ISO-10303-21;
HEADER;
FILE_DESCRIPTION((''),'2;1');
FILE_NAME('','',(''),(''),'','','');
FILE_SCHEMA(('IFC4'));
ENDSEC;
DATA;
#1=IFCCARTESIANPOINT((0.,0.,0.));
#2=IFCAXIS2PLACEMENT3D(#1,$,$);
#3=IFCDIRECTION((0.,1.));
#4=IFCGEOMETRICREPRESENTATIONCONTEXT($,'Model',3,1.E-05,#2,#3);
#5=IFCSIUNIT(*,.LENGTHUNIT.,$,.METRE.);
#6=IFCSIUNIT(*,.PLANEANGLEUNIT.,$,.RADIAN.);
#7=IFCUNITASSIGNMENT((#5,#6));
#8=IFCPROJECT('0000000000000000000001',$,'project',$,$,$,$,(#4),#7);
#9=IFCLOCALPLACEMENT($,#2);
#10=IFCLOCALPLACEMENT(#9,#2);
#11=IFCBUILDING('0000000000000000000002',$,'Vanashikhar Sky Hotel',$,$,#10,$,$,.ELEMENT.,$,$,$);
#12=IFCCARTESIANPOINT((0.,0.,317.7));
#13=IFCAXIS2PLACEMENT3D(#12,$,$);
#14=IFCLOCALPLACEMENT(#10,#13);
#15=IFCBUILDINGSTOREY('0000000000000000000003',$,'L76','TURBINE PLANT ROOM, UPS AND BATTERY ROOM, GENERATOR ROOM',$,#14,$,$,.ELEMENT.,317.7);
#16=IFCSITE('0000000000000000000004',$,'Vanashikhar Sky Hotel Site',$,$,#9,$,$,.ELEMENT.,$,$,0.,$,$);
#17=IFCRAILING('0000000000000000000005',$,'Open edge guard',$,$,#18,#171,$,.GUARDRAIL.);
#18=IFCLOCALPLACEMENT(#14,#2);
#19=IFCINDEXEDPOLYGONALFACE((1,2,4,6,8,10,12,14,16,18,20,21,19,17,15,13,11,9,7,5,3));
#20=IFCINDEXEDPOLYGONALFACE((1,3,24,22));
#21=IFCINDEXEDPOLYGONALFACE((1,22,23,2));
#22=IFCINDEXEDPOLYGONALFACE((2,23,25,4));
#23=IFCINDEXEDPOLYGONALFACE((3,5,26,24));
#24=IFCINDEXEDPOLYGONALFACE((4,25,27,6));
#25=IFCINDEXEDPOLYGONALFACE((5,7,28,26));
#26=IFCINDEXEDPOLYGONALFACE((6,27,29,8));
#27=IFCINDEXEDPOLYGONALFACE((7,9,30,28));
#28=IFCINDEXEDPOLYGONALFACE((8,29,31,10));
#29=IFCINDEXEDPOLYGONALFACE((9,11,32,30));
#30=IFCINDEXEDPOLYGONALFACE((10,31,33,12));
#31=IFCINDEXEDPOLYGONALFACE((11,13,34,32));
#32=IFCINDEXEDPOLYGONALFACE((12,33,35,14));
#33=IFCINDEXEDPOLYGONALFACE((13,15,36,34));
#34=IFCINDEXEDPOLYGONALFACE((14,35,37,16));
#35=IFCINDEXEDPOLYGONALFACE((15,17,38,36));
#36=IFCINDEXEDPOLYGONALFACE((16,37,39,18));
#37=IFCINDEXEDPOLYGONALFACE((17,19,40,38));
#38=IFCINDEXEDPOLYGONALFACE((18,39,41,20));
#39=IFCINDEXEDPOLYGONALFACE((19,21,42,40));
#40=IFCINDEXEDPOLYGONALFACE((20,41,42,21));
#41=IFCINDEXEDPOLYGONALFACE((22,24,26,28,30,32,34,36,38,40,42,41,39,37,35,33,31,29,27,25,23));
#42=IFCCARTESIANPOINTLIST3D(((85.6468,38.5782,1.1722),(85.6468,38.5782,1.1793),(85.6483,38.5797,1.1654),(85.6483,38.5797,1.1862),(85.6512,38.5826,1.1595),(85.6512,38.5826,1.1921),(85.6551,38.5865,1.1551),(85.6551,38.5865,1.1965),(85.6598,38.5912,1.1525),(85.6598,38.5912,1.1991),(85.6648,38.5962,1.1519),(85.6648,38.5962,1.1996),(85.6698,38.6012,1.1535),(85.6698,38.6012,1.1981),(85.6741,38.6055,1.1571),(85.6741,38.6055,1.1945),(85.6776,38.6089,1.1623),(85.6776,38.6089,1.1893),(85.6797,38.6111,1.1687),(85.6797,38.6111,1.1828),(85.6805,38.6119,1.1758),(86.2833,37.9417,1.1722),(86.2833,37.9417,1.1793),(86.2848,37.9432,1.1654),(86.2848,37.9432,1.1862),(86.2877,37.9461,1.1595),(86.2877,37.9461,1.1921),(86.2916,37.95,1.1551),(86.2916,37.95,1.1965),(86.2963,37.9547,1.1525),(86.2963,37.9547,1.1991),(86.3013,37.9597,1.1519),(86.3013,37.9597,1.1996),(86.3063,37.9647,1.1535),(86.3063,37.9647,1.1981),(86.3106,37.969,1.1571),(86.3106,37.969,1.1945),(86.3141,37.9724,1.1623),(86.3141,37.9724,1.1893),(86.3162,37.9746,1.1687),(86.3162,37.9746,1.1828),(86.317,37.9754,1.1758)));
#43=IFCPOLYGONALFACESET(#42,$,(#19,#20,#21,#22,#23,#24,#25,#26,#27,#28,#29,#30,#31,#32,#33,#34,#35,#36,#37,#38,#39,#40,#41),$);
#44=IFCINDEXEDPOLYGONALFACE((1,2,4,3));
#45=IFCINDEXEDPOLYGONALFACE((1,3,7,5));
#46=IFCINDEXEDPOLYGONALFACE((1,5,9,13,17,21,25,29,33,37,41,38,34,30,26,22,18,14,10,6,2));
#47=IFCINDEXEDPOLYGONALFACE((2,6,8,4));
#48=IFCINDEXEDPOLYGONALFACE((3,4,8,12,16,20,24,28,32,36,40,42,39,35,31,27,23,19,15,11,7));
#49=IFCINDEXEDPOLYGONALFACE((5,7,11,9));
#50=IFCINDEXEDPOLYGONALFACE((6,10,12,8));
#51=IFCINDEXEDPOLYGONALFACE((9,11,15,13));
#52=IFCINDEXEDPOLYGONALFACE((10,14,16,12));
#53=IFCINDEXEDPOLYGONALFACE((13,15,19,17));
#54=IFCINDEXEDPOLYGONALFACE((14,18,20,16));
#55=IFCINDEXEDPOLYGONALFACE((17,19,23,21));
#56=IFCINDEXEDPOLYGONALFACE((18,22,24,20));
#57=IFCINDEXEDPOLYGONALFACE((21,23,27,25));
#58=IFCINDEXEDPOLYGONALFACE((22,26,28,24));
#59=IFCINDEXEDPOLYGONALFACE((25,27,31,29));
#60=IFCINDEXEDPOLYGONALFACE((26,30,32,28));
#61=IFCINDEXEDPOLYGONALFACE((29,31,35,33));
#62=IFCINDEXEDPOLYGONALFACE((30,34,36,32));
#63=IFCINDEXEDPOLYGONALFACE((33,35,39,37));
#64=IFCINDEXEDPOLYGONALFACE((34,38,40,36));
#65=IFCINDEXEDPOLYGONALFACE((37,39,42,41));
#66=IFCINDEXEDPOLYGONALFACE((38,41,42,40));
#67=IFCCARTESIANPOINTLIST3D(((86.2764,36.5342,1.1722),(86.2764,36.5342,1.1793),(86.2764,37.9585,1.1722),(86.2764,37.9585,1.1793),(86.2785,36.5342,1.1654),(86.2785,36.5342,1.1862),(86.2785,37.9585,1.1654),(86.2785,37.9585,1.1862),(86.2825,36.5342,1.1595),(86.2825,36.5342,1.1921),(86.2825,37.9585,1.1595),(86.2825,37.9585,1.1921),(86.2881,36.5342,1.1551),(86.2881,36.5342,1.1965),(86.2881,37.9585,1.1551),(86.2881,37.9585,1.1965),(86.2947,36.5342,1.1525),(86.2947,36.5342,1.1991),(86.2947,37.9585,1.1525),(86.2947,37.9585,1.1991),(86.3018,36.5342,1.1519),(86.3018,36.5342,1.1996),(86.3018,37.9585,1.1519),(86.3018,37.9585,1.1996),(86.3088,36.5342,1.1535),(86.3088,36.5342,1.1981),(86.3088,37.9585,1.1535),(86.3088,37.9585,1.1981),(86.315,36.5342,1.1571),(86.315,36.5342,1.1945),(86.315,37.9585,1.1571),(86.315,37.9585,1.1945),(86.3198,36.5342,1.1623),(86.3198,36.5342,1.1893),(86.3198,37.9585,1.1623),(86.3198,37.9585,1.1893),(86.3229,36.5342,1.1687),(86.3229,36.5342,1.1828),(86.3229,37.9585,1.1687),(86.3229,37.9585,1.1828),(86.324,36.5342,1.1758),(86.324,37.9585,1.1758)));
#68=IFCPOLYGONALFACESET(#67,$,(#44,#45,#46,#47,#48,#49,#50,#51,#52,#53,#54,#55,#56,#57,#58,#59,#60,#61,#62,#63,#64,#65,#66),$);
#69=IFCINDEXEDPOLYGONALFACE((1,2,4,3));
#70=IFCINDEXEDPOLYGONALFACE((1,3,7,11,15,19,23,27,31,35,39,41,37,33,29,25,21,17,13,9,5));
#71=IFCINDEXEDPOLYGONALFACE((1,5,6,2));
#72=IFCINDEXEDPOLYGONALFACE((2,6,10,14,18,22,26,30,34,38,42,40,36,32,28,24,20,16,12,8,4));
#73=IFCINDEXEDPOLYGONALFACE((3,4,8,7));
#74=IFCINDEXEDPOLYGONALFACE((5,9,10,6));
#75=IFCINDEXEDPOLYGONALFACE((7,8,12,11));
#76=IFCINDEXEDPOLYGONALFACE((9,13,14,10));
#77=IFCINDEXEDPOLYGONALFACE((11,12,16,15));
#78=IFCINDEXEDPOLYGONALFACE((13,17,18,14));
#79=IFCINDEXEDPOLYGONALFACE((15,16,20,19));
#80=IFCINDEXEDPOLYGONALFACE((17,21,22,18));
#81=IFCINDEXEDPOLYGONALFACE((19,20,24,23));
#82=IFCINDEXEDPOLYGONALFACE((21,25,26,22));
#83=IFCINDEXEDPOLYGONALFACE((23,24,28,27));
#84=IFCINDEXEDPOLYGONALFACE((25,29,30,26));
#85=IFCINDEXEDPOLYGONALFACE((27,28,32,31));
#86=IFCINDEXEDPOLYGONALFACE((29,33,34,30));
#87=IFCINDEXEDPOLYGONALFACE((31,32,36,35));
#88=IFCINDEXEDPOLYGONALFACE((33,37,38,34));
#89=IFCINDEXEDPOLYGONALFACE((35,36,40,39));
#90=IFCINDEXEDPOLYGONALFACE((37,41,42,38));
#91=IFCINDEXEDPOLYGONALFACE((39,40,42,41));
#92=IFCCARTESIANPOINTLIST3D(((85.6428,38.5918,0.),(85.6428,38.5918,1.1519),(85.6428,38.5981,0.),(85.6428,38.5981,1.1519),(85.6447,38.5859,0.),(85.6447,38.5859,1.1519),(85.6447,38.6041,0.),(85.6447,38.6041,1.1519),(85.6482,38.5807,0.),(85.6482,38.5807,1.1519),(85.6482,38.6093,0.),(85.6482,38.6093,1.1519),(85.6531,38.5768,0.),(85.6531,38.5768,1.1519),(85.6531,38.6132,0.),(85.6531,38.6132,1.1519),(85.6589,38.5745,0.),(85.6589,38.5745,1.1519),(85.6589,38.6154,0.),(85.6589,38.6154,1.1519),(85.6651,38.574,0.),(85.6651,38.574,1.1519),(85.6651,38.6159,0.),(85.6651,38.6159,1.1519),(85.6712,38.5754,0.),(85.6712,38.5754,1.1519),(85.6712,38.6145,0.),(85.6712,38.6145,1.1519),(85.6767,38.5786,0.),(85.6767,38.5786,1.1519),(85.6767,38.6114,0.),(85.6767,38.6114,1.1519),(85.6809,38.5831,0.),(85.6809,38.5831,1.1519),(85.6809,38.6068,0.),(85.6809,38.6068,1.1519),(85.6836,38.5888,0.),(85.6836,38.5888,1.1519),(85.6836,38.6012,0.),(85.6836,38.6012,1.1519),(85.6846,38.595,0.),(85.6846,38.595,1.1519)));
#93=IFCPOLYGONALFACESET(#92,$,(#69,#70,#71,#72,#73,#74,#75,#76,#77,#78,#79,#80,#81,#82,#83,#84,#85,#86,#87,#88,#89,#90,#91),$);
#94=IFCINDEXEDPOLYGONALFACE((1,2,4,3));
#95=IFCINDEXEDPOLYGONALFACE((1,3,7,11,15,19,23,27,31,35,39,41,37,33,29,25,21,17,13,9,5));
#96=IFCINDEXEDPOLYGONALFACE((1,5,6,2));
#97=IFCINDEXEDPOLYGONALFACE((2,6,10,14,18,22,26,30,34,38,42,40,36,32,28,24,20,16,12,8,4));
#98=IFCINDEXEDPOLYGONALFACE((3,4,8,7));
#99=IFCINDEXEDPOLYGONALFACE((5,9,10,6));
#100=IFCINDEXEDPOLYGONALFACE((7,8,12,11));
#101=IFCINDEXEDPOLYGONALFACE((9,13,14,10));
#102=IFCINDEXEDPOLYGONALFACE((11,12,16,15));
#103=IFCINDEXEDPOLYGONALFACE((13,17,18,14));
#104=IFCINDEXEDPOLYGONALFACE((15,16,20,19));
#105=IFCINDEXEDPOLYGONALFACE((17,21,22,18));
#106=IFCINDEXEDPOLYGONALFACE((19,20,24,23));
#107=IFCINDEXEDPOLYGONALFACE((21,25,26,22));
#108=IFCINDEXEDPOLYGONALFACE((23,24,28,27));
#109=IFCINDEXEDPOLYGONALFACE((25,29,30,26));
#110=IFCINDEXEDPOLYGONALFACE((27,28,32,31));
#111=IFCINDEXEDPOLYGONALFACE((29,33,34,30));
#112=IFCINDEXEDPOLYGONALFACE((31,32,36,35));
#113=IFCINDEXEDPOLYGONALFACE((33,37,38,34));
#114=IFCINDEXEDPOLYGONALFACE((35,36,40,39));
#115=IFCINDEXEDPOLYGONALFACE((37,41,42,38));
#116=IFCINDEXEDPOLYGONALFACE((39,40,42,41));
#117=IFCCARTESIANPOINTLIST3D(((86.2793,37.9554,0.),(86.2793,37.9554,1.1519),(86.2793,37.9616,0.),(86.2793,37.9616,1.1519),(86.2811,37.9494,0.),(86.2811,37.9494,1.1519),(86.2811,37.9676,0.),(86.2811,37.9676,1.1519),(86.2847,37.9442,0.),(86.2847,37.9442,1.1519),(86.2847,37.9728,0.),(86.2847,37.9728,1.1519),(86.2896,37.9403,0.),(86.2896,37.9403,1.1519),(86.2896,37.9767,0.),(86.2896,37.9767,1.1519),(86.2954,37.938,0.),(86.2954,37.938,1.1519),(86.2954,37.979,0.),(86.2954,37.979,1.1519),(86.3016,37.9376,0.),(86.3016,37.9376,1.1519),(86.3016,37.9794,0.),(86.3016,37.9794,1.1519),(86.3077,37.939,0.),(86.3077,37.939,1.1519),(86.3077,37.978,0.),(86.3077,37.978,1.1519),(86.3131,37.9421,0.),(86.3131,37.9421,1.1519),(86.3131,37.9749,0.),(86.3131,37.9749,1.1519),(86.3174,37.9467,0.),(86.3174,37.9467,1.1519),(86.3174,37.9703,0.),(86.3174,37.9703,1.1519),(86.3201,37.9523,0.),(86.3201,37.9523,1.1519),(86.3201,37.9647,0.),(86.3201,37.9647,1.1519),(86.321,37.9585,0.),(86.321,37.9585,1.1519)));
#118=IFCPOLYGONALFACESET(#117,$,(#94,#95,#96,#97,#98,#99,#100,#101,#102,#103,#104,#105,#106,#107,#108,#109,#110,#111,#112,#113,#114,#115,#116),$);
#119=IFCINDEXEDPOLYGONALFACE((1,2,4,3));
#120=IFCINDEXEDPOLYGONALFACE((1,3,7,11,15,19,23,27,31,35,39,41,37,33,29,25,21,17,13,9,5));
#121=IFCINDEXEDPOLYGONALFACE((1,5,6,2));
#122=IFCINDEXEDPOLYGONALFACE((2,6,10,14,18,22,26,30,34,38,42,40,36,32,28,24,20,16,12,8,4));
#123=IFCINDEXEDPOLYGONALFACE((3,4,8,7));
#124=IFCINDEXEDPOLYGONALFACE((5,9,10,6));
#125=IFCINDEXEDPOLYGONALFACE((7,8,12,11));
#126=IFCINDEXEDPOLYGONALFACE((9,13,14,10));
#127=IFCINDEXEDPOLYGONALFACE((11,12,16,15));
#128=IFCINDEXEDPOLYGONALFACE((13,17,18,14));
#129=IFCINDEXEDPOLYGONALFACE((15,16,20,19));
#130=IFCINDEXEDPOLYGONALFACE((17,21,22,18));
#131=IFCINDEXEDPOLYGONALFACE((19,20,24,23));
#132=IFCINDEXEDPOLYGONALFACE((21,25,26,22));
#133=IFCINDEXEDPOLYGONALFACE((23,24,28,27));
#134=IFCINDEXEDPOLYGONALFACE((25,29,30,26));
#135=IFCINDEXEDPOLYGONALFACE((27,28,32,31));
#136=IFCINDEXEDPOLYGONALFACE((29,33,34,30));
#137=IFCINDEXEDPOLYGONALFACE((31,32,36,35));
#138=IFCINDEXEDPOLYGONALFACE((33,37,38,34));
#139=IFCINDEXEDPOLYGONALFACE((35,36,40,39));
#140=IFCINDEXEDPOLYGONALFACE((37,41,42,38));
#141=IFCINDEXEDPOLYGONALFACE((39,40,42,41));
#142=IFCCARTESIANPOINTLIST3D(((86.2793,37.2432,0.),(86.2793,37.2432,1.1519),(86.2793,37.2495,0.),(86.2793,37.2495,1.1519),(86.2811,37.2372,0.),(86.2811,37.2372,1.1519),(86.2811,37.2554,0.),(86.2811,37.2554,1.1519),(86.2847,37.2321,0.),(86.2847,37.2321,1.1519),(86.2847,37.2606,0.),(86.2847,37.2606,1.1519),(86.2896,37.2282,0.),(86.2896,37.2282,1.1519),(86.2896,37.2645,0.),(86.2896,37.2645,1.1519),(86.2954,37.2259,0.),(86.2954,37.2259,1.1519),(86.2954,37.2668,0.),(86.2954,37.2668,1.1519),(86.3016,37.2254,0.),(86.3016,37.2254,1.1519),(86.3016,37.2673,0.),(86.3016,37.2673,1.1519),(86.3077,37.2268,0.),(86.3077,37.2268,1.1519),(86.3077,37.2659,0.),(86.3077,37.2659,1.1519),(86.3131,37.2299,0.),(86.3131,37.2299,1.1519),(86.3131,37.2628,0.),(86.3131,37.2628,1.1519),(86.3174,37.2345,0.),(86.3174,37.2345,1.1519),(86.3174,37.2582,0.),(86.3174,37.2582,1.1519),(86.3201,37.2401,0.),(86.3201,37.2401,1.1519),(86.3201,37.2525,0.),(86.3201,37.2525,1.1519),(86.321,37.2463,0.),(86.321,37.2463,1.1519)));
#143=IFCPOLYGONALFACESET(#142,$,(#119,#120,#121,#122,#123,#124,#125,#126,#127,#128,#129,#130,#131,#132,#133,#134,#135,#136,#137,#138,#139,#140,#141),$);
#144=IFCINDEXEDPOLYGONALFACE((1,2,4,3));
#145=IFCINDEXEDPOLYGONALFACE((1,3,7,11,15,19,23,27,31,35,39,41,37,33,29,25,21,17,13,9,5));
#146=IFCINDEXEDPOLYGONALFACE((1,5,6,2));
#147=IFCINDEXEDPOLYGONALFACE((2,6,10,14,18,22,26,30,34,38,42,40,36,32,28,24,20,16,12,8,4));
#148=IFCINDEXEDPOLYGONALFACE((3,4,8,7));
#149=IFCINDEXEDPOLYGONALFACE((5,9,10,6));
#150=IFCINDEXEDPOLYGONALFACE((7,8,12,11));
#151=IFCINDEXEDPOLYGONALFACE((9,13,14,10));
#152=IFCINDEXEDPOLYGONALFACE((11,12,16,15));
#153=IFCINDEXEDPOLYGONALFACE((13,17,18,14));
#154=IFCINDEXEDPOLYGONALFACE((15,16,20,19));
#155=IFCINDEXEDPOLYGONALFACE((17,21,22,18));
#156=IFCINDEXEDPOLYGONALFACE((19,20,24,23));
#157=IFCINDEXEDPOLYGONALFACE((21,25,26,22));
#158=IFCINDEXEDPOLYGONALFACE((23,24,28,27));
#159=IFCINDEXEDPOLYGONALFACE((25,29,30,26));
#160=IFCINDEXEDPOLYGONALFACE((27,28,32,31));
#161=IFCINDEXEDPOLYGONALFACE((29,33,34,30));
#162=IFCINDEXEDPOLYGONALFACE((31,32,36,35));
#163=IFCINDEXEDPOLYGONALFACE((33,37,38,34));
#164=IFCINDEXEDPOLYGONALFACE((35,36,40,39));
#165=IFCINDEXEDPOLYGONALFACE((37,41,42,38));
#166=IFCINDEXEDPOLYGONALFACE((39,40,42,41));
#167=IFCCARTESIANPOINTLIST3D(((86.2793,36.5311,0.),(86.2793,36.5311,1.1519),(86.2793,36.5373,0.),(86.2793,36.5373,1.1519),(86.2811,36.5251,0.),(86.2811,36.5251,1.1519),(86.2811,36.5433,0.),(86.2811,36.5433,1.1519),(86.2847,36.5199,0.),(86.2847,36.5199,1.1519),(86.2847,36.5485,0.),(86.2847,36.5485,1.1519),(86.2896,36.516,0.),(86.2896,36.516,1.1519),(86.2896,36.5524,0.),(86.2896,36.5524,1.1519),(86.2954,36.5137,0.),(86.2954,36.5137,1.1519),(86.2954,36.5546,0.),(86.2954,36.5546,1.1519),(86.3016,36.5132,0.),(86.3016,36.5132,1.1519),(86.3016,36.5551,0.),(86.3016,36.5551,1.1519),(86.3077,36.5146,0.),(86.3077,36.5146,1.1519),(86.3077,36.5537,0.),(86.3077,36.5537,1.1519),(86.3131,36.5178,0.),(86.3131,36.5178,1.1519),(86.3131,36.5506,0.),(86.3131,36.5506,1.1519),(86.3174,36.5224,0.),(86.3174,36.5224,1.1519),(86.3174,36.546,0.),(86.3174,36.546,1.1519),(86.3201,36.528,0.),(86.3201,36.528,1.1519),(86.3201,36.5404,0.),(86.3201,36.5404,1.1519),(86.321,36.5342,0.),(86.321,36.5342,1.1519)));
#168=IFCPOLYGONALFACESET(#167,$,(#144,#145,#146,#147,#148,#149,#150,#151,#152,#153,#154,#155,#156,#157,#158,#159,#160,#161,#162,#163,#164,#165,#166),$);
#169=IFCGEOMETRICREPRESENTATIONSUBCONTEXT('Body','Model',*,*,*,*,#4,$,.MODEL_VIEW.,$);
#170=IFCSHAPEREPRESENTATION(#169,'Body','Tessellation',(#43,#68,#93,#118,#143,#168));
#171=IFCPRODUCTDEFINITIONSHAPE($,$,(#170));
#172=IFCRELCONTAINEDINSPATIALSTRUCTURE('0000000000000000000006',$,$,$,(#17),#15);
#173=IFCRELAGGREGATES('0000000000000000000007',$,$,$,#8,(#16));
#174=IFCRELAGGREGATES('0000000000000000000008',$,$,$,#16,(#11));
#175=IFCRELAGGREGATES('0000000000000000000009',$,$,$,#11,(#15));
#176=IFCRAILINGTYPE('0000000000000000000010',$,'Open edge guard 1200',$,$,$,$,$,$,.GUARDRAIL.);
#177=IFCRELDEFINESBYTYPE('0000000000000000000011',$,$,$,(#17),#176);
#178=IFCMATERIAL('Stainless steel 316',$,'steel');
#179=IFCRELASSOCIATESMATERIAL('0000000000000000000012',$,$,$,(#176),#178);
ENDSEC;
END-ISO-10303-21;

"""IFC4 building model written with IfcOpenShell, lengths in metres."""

from ifc_helpers import new_model, si_unit, direction, frame, origin, origin_2d, place, context, subcontext, project, spatial, circle, extrude, source, transform, mapped, material, type_object, element, save


model = new_model("IFC4")

# Units and contexts
model_context = context("Model", 3, precision=1e-05, world=origin(), true_north=direction((0.0, 1.0)))
body_context = subcontext(model_context, "Body", "Model", "MODEL_VIEW")
ifc_project = project(units=[si_unit("LENGTHUNIT", "METRE"), si_unit("PLANEANGLEUNIT", "RADIAN")], contexts=[model_context])

# Site, building, storey
site_placement = place(None, origin())
site = spatial("IfcSite", under=ifc_project, at=site_placement, Name="Vanashikhar Sky Hotel Site", CompositionType="ELEMENT", RefElevation=0.0)
building_placement = place(site_placement, origin())
building = spatial("IfcBuilding", under=site, at=building_placement, Name="Vanashikhar Sky Hotel", CompositionType="ELEMENT")
storey_placement = place(building_placement, frame((0.0, 0.0, 317.7)))
storey = spatial("IfcBuildingStorey", under=building, at=storey_placement, Name="L76", Description="TURBINE PLANT ROOM, UPS AND BATTERY ROOM, GENERATOR ROOM", CompositionType="ELEMENT", Elevation=317.7)

# Railing
ifc_material_1 = material(Name="Stainless steel 316", Category="steel")
railing_type = type_object("IfcRailingType", Name="Open edge guard 1200", PredefinedType="GUARDRAIL", material=ifc_material_1)
shared_shape_1 = source(origin(), body_context, "Body", "SweptSolid", [
    extrude(circle(Radius=0.0239, at=origin_2d()), frame((0.0, 0.0, 1.1758), z_axis=(0.707107, -0.707107, 0.0), x_axis=(0.707107, 0.707107, 0.0)), (0.0, 0.0, 1.0), 0.9001),
    extrude(circle(Radius=0.0239, at=origin_2d()), frame((0.6365, -0.6365, 1.1758), z_axis=(0.0, -1.0, 0.0), x_axis=(1.0, 0.0, 0.0)), (0.0, 0.0, 1.0), 1.4243),
    extrude(circle(Radius=0.021, at=origin_2d()), origin(), (0.0, 0.0, 1.0), 1.1519),
    extrude(circle(Radius=0.021, at=origin_2d()), frame((0.6365, -0.6365, 0.0)), (0.0, 0.0, 1.0), 1.1519),
    extrude(circle(Radius=0.021, at=origin_2d()), frame((0.6365, -1.3486, 0.0)), (0.0, 0.0, 1.0), 1.1519),
    extrude(circle(Radius=0.021, at=origin_2d()), frame((0.6365, -2.0608, 0.0)), (0.0, 0.0, 1.0), 1.1519),
])
railing_1_placement = place(storey_placement, frame((85.6636, 38.595, 0.0)))
element("IfcRailing", 1, at=railing_1_placement, inside=storey, type_object=railing_type, Name="Open edge guard", PredefinedType="GUARDRAIL", context=body_context, shape_type="MappedRepresentation", body=[
    mapped(shared_shape_1, transform((0.0, 0.0, 0.0), scale=1.0)),
])

save(model, "model.ifc")
